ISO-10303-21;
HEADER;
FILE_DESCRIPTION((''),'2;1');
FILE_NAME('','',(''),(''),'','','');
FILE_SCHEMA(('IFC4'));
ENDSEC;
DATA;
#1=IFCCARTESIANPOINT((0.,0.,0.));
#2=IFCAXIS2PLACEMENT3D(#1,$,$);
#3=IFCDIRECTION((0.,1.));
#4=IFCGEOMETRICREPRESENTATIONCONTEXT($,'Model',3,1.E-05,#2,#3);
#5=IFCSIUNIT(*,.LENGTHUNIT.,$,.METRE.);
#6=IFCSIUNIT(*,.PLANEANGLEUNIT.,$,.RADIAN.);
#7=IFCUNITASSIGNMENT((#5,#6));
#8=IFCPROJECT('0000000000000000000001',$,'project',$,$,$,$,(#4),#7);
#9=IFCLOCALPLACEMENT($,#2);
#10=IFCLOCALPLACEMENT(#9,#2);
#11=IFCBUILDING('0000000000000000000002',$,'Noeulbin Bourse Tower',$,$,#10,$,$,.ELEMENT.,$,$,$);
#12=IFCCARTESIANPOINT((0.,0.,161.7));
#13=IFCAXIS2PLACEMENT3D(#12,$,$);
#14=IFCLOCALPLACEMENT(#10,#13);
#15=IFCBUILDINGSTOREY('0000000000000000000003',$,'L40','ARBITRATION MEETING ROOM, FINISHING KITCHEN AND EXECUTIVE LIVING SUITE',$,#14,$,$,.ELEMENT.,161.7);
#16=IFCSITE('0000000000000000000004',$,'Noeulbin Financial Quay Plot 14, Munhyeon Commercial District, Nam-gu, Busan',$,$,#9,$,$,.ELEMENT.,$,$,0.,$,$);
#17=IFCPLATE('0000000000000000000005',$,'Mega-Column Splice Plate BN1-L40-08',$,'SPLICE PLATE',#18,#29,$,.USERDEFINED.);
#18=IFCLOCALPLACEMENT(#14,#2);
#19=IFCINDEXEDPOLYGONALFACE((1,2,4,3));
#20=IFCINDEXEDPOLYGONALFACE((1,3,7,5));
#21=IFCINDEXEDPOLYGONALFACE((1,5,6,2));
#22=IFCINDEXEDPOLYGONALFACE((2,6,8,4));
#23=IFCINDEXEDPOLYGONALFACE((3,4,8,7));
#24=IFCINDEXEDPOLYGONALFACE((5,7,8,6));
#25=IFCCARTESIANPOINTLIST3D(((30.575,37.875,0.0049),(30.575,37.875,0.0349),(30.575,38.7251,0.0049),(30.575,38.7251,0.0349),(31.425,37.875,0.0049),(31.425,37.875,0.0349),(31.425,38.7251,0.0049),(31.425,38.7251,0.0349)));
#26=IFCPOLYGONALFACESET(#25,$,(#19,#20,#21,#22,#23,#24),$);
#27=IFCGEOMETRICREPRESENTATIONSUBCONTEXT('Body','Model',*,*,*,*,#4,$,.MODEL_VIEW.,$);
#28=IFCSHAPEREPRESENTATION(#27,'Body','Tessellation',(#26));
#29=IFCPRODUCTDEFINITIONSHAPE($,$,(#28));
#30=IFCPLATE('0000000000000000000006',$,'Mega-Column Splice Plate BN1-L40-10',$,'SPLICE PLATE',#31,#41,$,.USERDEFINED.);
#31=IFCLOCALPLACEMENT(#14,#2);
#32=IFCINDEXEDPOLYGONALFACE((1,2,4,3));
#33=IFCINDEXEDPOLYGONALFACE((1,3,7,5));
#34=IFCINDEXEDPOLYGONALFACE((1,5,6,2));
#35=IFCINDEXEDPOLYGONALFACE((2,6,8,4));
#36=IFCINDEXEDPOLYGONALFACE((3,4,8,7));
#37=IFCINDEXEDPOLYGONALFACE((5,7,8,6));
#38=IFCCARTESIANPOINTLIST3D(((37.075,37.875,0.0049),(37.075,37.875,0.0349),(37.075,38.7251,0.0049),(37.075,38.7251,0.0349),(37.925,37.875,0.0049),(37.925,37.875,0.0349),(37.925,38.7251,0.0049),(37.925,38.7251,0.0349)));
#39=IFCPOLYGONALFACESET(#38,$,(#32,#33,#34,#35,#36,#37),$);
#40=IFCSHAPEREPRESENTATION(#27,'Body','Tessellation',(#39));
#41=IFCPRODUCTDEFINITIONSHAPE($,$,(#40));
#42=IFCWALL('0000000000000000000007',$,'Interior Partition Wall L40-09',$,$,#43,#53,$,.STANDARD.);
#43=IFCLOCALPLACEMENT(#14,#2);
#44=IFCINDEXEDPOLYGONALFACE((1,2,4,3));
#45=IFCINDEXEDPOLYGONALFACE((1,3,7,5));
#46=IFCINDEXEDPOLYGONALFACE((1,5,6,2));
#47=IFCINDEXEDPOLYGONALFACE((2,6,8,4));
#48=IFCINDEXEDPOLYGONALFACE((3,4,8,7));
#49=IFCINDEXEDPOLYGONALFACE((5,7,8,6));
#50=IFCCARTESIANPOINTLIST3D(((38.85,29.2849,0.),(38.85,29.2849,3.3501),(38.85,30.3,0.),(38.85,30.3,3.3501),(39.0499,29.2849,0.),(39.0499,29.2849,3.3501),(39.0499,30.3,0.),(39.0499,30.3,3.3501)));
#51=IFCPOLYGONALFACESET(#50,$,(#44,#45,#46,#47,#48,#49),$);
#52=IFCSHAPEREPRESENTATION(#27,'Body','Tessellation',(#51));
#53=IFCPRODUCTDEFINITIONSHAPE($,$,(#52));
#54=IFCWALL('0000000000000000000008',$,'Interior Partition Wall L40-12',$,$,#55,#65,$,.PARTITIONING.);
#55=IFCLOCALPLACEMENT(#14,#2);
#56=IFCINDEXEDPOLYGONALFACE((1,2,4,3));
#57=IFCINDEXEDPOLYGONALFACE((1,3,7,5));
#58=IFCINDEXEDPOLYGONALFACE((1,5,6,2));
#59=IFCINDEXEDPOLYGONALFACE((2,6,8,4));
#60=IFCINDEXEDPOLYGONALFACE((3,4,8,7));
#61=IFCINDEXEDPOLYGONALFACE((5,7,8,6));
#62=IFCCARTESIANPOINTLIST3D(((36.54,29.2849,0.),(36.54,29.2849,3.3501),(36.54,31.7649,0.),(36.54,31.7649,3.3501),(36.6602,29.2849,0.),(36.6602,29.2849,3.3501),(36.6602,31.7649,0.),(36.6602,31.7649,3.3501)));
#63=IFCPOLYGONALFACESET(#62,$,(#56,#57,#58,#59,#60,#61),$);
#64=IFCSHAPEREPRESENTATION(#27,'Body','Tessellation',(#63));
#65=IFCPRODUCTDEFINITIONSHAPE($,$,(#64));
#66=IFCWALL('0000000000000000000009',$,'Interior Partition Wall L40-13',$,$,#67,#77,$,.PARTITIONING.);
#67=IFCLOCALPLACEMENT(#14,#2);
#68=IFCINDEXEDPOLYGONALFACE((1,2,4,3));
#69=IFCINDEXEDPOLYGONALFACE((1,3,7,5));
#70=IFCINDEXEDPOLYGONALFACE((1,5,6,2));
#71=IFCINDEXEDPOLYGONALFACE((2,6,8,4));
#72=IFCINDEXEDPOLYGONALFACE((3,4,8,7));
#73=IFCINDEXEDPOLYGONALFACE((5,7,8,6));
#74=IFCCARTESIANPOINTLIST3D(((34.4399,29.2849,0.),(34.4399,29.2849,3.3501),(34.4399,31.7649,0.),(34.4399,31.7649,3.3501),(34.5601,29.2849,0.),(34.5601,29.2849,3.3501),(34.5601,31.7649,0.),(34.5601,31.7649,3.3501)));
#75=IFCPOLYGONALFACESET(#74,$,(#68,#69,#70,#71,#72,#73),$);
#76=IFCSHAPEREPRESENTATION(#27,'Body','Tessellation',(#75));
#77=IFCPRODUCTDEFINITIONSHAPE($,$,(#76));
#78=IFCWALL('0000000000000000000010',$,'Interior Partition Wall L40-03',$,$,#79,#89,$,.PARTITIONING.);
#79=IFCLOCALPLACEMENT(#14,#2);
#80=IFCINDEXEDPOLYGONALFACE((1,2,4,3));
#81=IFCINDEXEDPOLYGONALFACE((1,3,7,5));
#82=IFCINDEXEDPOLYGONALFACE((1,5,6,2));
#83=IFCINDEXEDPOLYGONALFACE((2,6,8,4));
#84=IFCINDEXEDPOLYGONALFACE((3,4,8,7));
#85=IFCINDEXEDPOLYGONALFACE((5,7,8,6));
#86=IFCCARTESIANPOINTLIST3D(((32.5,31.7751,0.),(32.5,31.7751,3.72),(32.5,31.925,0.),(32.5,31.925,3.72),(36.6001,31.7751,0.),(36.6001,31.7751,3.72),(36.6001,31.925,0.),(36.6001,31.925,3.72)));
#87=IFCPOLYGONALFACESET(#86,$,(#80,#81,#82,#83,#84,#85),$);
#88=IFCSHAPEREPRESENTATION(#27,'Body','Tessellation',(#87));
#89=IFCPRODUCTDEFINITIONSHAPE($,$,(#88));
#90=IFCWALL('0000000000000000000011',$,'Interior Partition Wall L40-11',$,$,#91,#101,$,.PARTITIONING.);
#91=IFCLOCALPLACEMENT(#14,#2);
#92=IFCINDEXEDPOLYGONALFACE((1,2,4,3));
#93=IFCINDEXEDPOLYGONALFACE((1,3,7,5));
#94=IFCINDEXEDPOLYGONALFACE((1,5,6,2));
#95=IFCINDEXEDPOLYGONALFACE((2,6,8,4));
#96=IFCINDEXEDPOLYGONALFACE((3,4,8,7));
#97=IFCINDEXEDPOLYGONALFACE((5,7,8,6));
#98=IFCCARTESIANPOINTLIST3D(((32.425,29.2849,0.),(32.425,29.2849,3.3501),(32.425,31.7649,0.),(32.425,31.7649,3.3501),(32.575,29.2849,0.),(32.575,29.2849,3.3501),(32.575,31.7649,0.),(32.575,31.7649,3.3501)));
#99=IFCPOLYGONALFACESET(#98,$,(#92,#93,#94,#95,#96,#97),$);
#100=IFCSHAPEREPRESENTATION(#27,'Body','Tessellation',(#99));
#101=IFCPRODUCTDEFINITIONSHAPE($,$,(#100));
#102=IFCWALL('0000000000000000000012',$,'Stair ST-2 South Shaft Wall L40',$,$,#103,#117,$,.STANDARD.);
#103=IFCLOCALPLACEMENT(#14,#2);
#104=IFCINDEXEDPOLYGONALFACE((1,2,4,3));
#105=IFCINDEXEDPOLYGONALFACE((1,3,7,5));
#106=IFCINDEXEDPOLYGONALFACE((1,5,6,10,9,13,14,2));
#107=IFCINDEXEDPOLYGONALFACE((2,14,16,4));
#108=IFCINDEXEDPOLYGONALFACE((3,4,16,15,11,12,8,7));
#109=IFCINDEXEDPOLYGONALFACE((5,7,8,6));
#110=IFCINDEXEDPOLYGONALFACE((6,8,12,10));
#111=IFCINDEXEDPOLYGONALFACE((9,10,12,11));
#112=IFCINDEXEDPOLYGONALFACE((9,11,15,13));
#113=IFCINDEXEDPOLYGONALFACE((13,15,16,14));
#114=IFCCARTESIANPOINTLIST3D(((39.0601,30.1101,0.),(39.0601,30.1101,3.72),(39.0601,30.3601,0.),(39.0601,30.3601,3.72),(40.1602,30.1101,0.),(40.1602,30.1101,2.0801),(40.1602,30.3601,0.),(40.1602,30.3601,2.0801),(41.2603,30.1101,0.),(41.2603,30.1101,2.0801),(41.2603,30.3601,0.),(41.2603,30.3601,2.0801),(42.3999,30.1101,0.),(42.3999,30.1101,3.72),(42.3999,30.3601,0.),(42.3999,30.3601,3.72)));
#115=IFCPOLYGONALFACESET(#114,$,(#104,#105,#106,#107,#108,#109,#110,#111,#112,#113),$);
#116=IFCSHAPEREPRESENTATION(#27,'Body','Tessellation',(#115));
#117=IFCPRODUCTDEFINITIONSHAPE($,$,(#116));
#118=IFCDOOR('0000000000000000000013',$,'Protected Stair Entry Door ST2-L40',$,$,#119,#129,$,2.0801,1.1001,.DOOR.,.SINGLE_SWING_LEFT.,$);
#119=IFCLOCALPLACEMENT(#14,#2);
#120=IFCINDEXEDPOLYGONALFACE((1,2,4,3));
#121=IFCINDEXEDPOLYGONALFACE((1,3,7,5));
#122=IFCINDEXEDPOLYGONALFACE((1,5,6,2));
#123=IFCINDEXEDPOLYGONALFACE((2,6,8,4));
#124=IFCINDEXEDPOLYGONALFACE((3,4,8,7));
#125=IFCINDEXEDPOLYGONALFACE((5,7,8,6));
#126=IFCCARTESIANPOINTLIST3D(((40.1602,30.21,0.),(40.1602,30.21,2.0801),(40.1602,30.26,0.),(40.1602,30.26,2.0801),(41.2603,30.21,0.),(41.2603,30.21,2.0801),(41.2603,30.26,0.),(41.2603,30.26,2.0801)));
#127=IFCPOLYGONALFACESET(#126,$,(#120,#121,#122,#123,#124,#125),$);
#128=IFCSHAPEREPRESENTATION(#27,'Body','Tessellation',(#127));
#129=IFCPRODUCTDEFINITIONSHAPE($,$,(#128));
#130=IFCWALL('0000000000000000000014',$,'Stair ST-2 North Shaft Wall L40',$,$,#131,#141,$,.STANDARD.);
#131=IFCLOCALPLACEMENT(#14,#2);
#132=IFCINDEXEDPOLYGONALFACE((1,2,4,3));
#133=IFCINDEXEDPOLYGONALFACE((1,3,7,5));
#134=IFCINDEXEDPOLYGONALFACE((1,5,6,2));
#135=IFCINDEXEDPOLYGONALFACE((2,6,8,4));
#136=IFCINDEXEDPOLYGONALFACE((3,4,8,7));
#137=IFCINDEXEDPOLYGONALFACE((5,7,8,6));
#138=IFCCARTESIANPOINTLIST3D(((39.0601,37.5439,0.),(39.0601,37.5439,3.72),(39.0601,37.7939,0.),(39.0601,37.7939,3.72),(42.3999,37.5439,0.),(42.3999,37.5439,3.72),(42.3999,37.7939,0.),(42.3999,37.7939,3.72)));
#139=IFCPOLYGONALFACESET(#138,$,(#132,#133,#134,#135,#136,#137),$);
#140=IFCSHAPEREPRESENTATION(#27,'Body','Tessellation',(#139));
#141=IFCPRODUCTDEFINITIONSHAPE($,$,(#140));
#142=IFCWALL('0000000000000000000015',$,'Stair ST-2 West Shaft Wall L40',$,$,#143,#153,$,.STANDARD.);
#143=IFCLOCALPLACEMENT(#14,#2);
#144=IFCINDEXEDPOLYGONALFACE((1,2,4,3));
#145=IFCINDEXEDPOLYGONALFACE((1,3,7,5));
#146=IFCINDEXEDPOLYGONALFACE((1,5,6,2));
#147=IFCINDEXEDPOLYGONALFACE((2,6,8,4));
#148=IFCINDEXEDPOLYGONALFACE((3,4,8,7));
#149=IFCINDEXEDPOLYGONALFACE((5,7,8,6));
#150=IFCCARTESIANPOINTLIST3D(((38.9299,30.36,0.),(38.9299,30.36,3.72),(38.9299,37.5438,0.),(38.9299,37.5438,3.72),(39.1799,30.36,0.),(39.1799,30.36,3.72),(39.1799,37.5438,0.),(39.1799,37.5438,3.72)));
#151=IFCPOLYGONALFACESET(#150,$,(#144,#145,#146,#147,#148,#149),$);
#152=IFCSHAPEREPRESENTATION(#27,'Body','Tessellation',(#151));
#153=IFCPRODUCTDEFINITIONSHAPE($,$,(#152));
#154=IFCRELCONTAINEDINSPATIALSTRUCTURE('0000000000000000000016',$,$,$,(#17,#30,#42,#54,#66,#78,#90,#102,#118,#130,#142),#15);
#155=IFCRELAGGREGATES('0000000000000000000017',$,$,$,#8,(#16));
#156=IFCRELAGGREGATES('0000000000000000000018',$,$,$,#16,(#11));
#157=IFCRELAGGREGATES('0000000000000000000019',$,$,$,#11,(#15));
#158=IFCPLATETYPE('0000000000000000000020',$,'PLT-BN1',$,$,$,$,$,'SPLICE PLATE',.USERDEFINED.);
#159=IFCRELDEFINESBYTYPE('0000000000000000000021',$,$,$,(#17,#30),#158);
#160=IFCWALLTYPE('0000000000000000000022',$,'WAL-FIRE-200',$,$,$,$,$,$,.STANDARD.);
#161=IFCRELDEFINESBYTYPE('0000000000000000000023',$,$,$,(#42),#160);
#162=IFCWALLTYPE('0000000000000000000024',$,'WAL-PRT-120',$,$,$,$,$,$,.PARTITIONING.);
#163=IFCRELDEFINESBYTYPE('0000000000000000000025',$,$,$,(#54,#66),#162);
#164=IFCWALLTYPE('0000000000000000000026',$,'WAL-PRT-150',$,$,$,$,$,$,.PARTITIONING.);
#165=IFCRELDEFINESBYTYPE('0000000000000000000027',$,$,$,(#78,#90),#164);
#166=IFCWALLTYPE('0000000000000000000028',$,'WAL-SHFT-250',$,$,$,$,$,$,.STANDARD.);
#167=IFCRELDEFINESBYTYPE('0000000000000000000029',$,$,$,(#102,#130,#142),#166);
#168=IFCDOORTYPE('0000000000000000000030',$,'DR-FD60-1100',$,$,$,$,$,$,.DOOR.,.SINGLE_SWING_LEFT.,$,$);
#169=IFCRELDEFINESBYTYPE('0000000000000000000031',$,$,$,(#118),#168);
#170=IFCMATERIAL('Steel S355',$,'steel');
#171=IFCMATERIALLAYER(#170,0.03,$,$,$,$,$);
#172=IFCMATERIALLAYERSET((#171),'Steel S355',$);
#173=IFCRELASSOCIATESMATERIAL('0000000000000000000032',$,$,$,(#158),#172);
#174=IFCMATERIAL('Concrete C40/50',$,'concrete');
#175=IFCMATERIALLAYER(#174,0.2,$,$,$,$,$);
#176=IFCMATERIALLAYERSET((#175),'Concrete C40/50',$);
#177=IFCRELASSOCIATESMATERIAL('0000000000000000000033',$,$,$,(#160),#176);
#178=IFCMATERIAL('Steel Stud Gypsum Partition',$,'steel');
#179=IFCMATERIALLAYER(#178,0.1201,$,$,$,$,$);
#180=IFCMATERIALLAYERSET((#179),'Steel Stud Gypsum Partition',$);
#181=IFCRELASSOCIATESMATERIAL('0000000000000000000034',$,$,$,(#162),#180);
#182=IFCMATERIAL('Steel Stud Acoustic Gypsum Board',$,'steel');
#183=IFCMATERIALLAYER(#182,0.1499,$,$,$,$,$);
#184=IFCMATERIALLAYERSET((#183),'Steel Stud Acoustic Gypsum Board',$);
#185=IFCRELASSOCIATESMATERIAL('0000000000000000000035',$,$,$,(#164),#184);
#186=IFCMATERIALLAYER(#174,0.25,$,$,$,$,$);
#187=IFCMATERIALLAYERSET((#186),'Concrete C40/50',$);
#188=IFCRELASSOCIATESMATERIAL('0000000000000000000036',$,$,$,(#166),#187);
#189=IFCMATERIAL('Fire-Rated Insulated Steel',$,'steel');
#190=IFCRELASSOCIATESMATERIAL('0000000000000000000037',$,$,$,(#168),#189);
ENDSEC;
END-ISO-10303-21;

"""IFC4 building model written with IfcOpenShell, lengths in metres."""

from ifc_helpers import new_model, si_unit, direction, frame, frame_2d, origin, origin_2d, place, context, subcontext, project, spatial, rectangle, extrude, material, layer, layer_set, type_object, element, fill, save


model = new_model("IFC4")

# Units and contexts
model_context = context("Model", 3, precision=1e-05, world=origin(), true_north=direction((0.0, 1.0)))
body_context = subcontext(model_context, "Body", "Model", "MODEL_VIEW")
ifc_project = project(units=[si_unit("LENGTHUNIT", "METRE"), si_unit("PLANEANGLEUNIT", "RADIAN")], contexts=[model_context])

# Site, building, storey
site_placement = place(None, origin())
site = spatial("IfcSite", under=ifc_project, at=site_placement, Name="Noeulbin Financial Quay Plot 14, Munhyeon Commercial District, Nam-gu, Busan", CompositionType="ELEMENT", RefElevation=0.0)
building_placement = place(site_placement, origin())
building = spatial("IfcBuilding", under=site, at=building_placement, Name="Noeulbin Bourse Tower", CompositionType="ELEMENT")
storey_placement = place(building_placement, frame((0.0, 0.0, 161.7)))
storey = spatial("IfcBuildingStorey", under=building, at=storey_placement, Name="L40", Description="ARBITRATION MEETING ROOM, FINISHING KITCHEN AND EXECUTIVE LIVING SUITE", CompositionType="ELEMENT", Elevation=161.7)

# Shared definitions
ifc_material_1 = material(Name="Steel S355", Category="steel")

# Plates
ifc_layer_1 = layer(ifc_material_1, 0.03)
ifc_layer_set_1 = layer_set([ifc_layer_1], Name="Steel S355")
plate_type = type_object("IfcPlateType", Name="PLT-BN1", ElementType="SPLICE PLATE", PredefinedType="USERDEFINED", material=ifc_layer_set_1)
for number, where, z_axis, x_axis, name in (
    (1, (31.0, 38.3, 0.0049), (0.0, 0.0, 1.0), (1.0, 0.0, 0.0), "Mega-Column Splice Plate BN1-L40-08"),
    (2, (37.5, 38.3, 0.0049), (0.0, 0.0, 1.0), (1.0, 0.0, 0.0), "Mega-Column Splice Plate BN1-L40-10"),
):
    element("IfcPlate", number, at=place(storey_placement, frame(where, z_axis=z_axis, x_axis=x_axis)), inside=storey, type_object=plate_type, Name=name, ObjectType="SPLICE PLATE", PredefinedType="USERDEFINED", context=body_context, shape_type="SweptSolid", body=[
        extrude(rectangle(XDim=0.8501, YDim=0.8501, at=origin_2d()), origin(), (0.0, 0.0, 1.0), 0.03),
    ])

# Walls
ifc_material_2 = material(Name="Concrete C40/50", Category="concrete")
ifc_layer_2 = layer(ifc_material_2, 0.2)
ifc_layer_set_2 = layer_set([ifc_layer_2], Name="Concrete C40/50")
wall_type_1 = type_object("IfcWallType", Name="WAL-FIRE-200", PredefinedType="STANDARD", material=ifc_layer_set_2)
wall_1_placement = place(storey_placement, frame((38.95, 29.2849, 0.0), z_axis=(0.0, 0.0, 1.0), x_axis=(0.0, 1.0, 0.0)))
element("IfcWall", 3, at=wall_1_placement, inside=storey, type_object=wall_type_1, Name="Interior Partition Wall L40-09", PredefinedType="STANDARD", context=body_context, shape_type="SweptSolid", body=[
    extrude(rectangle(XDim=1.0151, YDim=0.2, at=frame_2d((0.5076, 0.0))), origin(), (0.0, 0.0, 1.0), 3.3501),
])
ifc_material_3 = material(Name="Steel Stud Gypsum Partition", Category="steel")
ifc_layer_3 = layer(ifc_material_3, 0.1201)
ifc_layer_set_3 = layer_set([ifc_layer_3], Name="Steel Stud Gypsum Partition")
wall_type_2 = type_object("IfcWallType", Name="WAL-PRT-120", PredefinedType="PARTITIONING", material=ifc_layer_set_3)
for number, where, z_axis, x_axis, name in (
    (4, (36.6001, 29.2849, 0.0), (0.0, 0.0, 1.0), (0.0, 1.0, 0.0), "Interior Partition Wall L40-12"),
    (5, (34.5, 29.2849, 0.0), (0.0, 0.0, 1.0), (0.0, 1.0, 0.0), "Interior Partition Wall L40-13"),
):
    element("IfcWall", number, at=place(storey_placement, frame(where, z_axis=z_axis, x_axis=x_axis)), inside=storey, type_object=wall_type_2, Name=name, PredefinedType="PARTITIONING", context=body_context, shape_type="SweptSolid", body=[
        extrude(rectangle(XDim=2.48, YDim=0.1201, at=frame_2d((1.24, 0.0))), origin(), (0.0, 0.0, 1.0), 3.3501),
    ])
ifc_material_4 = material(Name="Steel Stud Acoustic Gypsum Board", Category="steel")
ifc_layer_4 = layer(ifc_material_4, 0.1499)
ifc_layer_set_4 = layer_set([ifc_layer_4], Name="Steel Stud Acoustic Gypsum Board")
wall_type_3 = type_object("IfcWallType", Name="WAL-PRT-150", PredefinedType="PARTITIONING", material=ifc_layer_set_4)
wall_2_placement = place(storey_placement, frame((32.5, 31.8501, 0.0), z_axis=(0.0, 0.0, 1.0), x_axis=(1.0, 0.0, 0.0)))
element("IfcWall", 6, at=wall_2_placement, inside=storey, type_object=wall_type_3, Name="Interior Partition Wall L40-03", PredefinedType="PARTITIONING", context=body_context, shape_type="SweptSolid", body=[
    extrude(rectangle(XDim=4.1001, YDim=0.1499, at=frame_2d((2.05, 0.0))), origin(), (0.0, 0.0, 1.0), 3.72),
])
wall_3_placement = place(storey_placement, frame((32.5, 29.2849, 0.0), z_axis=(0.0, 0.0, 1.0), x_axis=(0.0, 1.0, 0.0)))
element("IfcWall", 7, at=wall_3_placement, inside=storey, type_object=wall_type_3, Name="Interior Partition Wall L40-11", PredefinedType="PARTITIONING", context=body_context, shape_type="SweptSolid", body=[
    extrude(rectangle(XDim=2.48, YDim=0.1499, at=frame_2d((1.24, 0.0))), origin(), (0.0, 0.0, 1.0), 3.3501),
])

# Wall, opening, door
ifc_layer_5 = layer(ifc_material_2, 0.25)
ifc_layer_set_5 = layer_set([ifc_layer_5], Name="Concrete C40/50")
wall_type_4 = type_object("IfcWallType", Name="WAL-SHFT-250", PredefinedType="STANDARD", material=ifc_layer_set_5)
wall_4_placement = place(storey_placement, frame((39.0601, 30.2351, 0.0), z_axis=(0.0, 0.0, 1.0), x_axis=(1.0, 0.0, 0.0)))
wall_4 = element("IfcWall", 8, at=wall_4_placement, inside=storey, type_object=wall_type_4, Name="Stair ST-2 South Shaft Wall L40", PredefinedType="STANDARD", context=body_context, shape_type="SweptSolid", body=[
    extrude(rectangle(XDim=3.3398, YDim=0.25, at=frame_2d((1.6699, 0.0))), origin(), (0.0, 0.0, 1.0), 3.72),
])
opening_1_placement = place(wall_4_placement, frame((1.1001, 0.0, 0.0)))
opening_1 = element("IfcOpeningElement", 9, at=opening_1_placement, cuts=wall_4, PredefinedType="OPENING", context=body_context, shape_type="SweptSolid", body=[
    extrude(rectangle(XDim=1.1001, YDim=2.0801, at=frame_2d((0.55, 1.04))), frame((0.0, 0.135, 0.0), z_axis=(0.0, -1.0, 0.0), x_axis=(1.0, 0.0, 0.0)), (0.0, 0.0, 1.0), 0.27),
])
ifc_material_5 = material(Name="Fire-Rated Insulated Steel", Category="steel")
door_type_1 = type_object("IfcDoorType", Name="DR-FD60-1100", OperationType="SINGLE_SWING_LEFT", PredefinedType="DOOR", material=ifc_material_5)
door_1_placement = place(opening_1_placement, origin())
door_1 = element("IfcDoor", 10, at=door_1_placement, inside=storey, type_object=door_type_1, Name="Protected Stair Entry Door ST2-L40", OperationType="SINGLE_SWING_LEFT", OverallHeight=2.0801, OverallWidth=1.1001, PredefinedType="DOOR", context=body_context, shape_type="SweptSolid", body=[
    extrude(rectangle(XDim=1.1001, YDim=2.0801, at=frame_2d((0.55, 1.04))), frame((0.0, 0.0249, 0.0), z_axis=(0.0, -1.0, 0.0), x_axis=(1.0, 0.0, 0.0)), (0.0, 0.0, 1.0), 0.05),
])
fill(opening_1, door_1)

# Walls
wall_5_placement = place(storey_placement, frame((39.0601, 37.6689, 0.0), z_axis=(0.0, 0.0, 1.0), x_axis=(1.0, 0.0, 0.0)))
element("IfcWall", 11, at=wall_5_placement, inside=storey, type_object=wall_type_4, Name="Stair ST-2 North Shaft Wall L40", PredefinedType="STANDARD", context=body_context, shape_type="SweptSolid", body=[
    extrude(rectangle(XDim=3.3398, YDim=0.25, at=frame_2d((1.6699, 0.0))), origin(), (0.0, 0.0, 1.0), 3.72),
])
wall_6_placement = place(storey_placement, frame((39.0549, 30.3601, 0.0), z_axis=(0.0, 0.0, 1.0), x_axis=(0.0, 1.0, 0.0)))
element("IfcWall", 12, at=wall_6_placement, inside=storey, type_object=wall_type_4, Name="Stair ST-2 West Shaft Wall L40", PredefinedType="STANDARD", context=body_context, shape_type="SweptSolid", body=[
    extrude(rectangle(XDim=7.1838, YDim=0.25, at=frame_2d((3.5918, 0.0))), origin(), (0.0, 0.0, 1.0), 3.72),
])

save(model, "model.ifc")
